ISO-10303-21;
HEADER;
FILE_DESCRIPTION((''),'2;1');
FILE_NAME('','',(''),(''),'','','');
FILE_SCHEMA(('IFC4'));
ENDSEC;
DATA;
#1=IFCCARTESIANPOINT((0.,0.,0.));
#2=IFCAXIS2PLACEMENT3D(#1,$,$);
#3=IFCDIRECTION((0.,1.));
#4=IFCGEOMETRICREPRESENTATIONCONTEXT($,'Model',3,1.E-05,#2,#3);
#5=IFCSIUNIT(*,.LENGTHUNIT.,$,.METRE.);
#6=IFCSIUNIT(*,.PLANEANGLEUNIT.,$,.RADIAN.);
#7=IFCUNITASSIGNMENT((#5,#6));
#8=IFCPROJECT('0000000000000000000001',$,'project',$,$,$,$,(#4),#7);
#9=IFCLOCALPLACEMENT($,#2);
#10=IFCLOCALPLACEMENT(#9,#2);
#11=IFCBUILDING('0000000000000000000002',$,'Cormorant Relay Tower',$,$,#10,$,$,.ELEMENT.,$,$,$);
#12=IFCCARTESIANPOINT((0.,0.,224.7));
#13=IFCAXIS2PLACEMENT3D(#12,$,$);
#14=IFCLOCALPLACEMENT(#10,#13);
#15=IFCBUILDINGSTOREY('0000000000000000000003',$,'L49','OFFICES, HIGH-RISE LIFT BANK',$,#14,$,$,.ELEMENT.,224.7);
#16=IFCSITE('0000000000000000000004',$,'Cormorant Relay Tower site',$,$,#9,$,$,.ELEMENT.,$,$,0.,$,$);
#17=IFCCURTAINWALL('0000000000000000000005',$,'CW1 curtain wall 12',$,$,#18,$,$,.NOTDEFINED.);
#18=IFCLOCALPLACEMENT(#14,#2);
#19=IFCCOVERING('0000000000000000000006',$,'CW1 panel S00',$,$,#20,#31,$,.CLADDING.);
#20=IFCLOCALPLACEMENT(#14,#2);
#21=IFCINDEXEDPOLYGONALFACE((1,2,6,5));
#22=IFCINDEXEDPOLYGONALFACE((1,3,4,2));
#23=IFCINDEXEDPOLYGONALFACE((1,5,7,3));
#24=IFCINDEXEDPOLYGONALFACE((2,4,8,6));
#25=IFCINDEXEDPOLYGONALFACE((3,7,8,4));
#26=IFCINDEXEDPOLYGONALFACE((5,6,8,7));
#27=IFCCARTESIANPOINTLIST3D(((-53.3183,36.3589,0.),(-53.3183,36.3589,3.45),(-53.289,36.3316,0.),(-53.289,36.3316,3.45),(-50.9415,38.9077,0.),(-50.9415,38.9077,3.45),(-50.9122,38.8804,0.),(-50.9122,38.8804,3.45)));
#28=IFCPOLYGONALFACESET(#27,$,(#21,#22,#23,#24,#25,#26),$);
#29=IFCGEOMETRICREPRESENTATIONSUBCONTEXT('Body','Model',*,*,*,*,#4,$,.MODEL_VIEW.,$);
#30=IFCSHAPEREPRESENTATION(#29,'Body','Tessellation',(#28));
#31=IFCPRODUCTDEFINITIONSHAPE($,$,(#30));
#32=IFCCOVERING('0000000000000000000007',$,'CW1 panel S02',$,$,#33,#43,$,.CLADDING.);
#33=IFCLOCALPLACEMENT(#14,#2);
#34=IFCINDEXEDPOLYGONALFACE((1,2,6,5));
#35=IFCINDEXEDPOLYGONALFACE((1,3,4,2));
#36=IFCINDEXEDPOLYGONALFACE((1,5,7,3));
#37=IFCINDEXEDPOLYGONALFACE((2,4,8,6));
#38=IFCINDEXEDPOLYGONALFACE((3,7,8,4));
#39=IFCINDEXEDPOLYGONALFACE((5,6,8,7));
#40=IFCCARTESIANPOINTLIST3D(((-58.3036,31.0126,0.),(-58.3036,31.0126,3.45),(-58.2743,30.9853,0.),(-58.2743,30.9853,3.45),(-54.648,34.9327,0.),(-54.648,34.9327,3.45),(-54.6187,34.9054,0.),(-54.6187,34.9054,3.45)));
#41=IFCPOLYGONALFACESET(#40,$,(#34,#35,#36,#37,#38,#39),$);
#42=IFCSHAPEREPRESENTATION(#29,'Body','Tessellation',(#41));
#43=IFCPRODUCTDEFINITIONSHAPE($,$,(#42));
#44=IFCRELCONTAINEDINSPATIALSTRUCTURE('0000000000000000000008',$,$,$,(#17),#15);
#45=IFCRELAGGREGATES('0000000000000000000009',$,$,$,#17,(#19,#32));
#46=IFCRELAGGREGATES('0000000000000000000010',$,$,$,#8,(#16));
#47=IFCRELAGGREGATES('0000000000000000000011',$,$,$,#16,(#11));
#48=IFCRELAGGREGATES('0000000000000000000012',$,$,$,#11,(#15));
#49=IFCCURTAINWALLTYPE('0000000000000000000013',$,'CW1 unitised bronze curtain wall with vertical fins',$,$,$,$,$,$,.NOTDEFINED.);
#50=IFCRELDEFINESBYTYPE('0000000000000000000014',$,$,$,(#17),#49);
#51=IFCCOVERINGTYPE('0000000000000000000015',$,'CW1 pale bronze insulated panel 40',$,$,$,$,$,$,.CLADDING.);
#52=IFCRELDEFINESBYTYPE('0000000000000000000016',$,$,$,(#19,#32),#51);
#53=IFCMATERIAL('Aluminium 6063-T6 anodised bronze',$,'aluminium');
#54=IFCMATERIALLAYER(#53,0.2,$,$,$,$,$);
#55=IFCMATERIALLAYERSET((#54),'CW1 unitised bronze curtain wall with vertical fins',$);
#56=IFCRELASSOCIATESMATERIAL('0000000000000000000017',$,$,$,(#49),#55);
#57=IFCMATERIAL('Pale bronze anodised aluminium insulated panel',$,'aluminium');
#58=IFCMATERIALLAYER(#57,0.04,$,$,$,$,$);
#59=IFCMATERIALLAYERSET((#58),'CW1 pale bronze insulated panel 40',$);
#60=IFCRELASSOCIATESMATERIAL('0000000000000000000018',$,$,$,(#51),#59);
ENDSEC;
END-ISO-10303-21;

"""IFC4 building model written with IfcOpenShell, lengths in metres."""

from ifc_helpers import new_model, si_unit, direction, frame, origin, origin_2d, place, context, subcontext, project, spatial, rectangle, extrude, material, layer, layer_set, type_object, element, aggregate, save


model = new_model("IFC4")

# Units and contexts
model_context = context("Model", 3, precision=1e-05, world=origin(), true_north=direction((0.0, 1.0)))
body_context = subcontext(model_context, "Body", "Model", "MODEL_VIEW")
ifc_project = project(units=[si_unit("LENGTHUNIT", "METRE"), si_unit("PLANEANGLEUNIT", "RADIAN")], contexts=[model_context])

# Site, building, storey
site_placement = place(None, origin())
site = spatial("IfcSite", under=ifc_project, at=site_placement, Name="Cormorant Relay Tower site", CompositionType="ELEMENT", RefElevation=0.0)
building_placement = place(site_placement, origin())
building = spatial("IfcBuilding", under=site, at=building_placement, Name="Cormorant Relay Tower", CompositionType="ELEMENT")
storey_placement = place(building_placement, frame((0.0, 0.0, 224.7)))
storey = spatial("IfcBuildingStorey", under=building, at=storey_placement, Name="L49", Description="OFFICES, HIGH-RISE LIFT BANK", CompositionType="ELEMENT", Elevation=224.7)

# Shared definitions
ifc_material_1 = material(Name="Aluminium 6063-T6 anodised bronze", Category="aluminium")
ifc_layer_1 = layer(ifc_material_1, 0.2)
ifc_layer_set_1 = layer_set([ifc_layer_1], Name="CW1 unitised bronze curtain wall with vertical fins")
curtain_wall_type = type_object("IfcCurtainWallType", Name="CW1 unitised bronze curtain wall with vertical fins", PredefinedType="NOTDEFINED", material=ifc_layer_set_1)

# Curtain wall
curtain_wall_1_placement = place(storey_placement, origin())
curtain_wall_1 = element("IfcCurtainWall", 1, at=curtain_wall_1_placement, inside=storey, type_object=curtain_wall_type, Name="CW1 curtain wall 12", PredefinedType="NOTDEFINED")

# Coverings
ifc_material_2 = material(Name="Pale bronze anodised aluminium insulated panel", Category="aluminium")
ifc_layer_2 = layer(ifc_material_2, 0.04)
ifc_layer_set_2 = layer_set([ifc_layer_2], Name="CW1 pale bronze insulated panel 40")
covering_type = type_object("IfcCoveringType", Name="CW1 pale bronze insulated panel 40", PredefinedType="CLADDING", material=ifc_layer_set_2)
covering_1_placement = place(storey_placement, frame((-52.1152, 37.6196, 0.0), z_axis=(0.0, 0.0, 1.0), x_axis=(-0.681998, -0.731354, 0.0)))
covering_1 = element("IfcCovering", 2, at=covering_1_placement, type_object=covering_type, Name="CW1 panel S00", PredefinedType="CLADDING", context=body_context, shape_type="SweptSolid", body=[
    extrude(rectangle(XDim=3.4851, YDim=0.04, at=origin_2d()), origin(), (0.0, 0.0, 1.0), 3.45),
])
covering_2_placement = place(storey_placement, frame((-56.4612, 32.959, 0.0), z_axis=(0.0, 0.0, 1.0), x_axis=(-0.681998, -0.731354, 0.0)))
covering_2 = element("IfcCovering", 3, at=covering_2_placement, type_object=covering_type, Name="CW1 panel S02", PredefinedType="CLADDING", context=body_context, shape_type="SweptSolid", body=[
    extrude(rectangle(XDim=5.3601, YDim=0.04, at=origin_2d()), origin(), (0.0, 0.0, 1.0), 3.45),
])
aggregate(curtain_wall_1, [covering_1, covering_2])

save(model, "model.ifc")
